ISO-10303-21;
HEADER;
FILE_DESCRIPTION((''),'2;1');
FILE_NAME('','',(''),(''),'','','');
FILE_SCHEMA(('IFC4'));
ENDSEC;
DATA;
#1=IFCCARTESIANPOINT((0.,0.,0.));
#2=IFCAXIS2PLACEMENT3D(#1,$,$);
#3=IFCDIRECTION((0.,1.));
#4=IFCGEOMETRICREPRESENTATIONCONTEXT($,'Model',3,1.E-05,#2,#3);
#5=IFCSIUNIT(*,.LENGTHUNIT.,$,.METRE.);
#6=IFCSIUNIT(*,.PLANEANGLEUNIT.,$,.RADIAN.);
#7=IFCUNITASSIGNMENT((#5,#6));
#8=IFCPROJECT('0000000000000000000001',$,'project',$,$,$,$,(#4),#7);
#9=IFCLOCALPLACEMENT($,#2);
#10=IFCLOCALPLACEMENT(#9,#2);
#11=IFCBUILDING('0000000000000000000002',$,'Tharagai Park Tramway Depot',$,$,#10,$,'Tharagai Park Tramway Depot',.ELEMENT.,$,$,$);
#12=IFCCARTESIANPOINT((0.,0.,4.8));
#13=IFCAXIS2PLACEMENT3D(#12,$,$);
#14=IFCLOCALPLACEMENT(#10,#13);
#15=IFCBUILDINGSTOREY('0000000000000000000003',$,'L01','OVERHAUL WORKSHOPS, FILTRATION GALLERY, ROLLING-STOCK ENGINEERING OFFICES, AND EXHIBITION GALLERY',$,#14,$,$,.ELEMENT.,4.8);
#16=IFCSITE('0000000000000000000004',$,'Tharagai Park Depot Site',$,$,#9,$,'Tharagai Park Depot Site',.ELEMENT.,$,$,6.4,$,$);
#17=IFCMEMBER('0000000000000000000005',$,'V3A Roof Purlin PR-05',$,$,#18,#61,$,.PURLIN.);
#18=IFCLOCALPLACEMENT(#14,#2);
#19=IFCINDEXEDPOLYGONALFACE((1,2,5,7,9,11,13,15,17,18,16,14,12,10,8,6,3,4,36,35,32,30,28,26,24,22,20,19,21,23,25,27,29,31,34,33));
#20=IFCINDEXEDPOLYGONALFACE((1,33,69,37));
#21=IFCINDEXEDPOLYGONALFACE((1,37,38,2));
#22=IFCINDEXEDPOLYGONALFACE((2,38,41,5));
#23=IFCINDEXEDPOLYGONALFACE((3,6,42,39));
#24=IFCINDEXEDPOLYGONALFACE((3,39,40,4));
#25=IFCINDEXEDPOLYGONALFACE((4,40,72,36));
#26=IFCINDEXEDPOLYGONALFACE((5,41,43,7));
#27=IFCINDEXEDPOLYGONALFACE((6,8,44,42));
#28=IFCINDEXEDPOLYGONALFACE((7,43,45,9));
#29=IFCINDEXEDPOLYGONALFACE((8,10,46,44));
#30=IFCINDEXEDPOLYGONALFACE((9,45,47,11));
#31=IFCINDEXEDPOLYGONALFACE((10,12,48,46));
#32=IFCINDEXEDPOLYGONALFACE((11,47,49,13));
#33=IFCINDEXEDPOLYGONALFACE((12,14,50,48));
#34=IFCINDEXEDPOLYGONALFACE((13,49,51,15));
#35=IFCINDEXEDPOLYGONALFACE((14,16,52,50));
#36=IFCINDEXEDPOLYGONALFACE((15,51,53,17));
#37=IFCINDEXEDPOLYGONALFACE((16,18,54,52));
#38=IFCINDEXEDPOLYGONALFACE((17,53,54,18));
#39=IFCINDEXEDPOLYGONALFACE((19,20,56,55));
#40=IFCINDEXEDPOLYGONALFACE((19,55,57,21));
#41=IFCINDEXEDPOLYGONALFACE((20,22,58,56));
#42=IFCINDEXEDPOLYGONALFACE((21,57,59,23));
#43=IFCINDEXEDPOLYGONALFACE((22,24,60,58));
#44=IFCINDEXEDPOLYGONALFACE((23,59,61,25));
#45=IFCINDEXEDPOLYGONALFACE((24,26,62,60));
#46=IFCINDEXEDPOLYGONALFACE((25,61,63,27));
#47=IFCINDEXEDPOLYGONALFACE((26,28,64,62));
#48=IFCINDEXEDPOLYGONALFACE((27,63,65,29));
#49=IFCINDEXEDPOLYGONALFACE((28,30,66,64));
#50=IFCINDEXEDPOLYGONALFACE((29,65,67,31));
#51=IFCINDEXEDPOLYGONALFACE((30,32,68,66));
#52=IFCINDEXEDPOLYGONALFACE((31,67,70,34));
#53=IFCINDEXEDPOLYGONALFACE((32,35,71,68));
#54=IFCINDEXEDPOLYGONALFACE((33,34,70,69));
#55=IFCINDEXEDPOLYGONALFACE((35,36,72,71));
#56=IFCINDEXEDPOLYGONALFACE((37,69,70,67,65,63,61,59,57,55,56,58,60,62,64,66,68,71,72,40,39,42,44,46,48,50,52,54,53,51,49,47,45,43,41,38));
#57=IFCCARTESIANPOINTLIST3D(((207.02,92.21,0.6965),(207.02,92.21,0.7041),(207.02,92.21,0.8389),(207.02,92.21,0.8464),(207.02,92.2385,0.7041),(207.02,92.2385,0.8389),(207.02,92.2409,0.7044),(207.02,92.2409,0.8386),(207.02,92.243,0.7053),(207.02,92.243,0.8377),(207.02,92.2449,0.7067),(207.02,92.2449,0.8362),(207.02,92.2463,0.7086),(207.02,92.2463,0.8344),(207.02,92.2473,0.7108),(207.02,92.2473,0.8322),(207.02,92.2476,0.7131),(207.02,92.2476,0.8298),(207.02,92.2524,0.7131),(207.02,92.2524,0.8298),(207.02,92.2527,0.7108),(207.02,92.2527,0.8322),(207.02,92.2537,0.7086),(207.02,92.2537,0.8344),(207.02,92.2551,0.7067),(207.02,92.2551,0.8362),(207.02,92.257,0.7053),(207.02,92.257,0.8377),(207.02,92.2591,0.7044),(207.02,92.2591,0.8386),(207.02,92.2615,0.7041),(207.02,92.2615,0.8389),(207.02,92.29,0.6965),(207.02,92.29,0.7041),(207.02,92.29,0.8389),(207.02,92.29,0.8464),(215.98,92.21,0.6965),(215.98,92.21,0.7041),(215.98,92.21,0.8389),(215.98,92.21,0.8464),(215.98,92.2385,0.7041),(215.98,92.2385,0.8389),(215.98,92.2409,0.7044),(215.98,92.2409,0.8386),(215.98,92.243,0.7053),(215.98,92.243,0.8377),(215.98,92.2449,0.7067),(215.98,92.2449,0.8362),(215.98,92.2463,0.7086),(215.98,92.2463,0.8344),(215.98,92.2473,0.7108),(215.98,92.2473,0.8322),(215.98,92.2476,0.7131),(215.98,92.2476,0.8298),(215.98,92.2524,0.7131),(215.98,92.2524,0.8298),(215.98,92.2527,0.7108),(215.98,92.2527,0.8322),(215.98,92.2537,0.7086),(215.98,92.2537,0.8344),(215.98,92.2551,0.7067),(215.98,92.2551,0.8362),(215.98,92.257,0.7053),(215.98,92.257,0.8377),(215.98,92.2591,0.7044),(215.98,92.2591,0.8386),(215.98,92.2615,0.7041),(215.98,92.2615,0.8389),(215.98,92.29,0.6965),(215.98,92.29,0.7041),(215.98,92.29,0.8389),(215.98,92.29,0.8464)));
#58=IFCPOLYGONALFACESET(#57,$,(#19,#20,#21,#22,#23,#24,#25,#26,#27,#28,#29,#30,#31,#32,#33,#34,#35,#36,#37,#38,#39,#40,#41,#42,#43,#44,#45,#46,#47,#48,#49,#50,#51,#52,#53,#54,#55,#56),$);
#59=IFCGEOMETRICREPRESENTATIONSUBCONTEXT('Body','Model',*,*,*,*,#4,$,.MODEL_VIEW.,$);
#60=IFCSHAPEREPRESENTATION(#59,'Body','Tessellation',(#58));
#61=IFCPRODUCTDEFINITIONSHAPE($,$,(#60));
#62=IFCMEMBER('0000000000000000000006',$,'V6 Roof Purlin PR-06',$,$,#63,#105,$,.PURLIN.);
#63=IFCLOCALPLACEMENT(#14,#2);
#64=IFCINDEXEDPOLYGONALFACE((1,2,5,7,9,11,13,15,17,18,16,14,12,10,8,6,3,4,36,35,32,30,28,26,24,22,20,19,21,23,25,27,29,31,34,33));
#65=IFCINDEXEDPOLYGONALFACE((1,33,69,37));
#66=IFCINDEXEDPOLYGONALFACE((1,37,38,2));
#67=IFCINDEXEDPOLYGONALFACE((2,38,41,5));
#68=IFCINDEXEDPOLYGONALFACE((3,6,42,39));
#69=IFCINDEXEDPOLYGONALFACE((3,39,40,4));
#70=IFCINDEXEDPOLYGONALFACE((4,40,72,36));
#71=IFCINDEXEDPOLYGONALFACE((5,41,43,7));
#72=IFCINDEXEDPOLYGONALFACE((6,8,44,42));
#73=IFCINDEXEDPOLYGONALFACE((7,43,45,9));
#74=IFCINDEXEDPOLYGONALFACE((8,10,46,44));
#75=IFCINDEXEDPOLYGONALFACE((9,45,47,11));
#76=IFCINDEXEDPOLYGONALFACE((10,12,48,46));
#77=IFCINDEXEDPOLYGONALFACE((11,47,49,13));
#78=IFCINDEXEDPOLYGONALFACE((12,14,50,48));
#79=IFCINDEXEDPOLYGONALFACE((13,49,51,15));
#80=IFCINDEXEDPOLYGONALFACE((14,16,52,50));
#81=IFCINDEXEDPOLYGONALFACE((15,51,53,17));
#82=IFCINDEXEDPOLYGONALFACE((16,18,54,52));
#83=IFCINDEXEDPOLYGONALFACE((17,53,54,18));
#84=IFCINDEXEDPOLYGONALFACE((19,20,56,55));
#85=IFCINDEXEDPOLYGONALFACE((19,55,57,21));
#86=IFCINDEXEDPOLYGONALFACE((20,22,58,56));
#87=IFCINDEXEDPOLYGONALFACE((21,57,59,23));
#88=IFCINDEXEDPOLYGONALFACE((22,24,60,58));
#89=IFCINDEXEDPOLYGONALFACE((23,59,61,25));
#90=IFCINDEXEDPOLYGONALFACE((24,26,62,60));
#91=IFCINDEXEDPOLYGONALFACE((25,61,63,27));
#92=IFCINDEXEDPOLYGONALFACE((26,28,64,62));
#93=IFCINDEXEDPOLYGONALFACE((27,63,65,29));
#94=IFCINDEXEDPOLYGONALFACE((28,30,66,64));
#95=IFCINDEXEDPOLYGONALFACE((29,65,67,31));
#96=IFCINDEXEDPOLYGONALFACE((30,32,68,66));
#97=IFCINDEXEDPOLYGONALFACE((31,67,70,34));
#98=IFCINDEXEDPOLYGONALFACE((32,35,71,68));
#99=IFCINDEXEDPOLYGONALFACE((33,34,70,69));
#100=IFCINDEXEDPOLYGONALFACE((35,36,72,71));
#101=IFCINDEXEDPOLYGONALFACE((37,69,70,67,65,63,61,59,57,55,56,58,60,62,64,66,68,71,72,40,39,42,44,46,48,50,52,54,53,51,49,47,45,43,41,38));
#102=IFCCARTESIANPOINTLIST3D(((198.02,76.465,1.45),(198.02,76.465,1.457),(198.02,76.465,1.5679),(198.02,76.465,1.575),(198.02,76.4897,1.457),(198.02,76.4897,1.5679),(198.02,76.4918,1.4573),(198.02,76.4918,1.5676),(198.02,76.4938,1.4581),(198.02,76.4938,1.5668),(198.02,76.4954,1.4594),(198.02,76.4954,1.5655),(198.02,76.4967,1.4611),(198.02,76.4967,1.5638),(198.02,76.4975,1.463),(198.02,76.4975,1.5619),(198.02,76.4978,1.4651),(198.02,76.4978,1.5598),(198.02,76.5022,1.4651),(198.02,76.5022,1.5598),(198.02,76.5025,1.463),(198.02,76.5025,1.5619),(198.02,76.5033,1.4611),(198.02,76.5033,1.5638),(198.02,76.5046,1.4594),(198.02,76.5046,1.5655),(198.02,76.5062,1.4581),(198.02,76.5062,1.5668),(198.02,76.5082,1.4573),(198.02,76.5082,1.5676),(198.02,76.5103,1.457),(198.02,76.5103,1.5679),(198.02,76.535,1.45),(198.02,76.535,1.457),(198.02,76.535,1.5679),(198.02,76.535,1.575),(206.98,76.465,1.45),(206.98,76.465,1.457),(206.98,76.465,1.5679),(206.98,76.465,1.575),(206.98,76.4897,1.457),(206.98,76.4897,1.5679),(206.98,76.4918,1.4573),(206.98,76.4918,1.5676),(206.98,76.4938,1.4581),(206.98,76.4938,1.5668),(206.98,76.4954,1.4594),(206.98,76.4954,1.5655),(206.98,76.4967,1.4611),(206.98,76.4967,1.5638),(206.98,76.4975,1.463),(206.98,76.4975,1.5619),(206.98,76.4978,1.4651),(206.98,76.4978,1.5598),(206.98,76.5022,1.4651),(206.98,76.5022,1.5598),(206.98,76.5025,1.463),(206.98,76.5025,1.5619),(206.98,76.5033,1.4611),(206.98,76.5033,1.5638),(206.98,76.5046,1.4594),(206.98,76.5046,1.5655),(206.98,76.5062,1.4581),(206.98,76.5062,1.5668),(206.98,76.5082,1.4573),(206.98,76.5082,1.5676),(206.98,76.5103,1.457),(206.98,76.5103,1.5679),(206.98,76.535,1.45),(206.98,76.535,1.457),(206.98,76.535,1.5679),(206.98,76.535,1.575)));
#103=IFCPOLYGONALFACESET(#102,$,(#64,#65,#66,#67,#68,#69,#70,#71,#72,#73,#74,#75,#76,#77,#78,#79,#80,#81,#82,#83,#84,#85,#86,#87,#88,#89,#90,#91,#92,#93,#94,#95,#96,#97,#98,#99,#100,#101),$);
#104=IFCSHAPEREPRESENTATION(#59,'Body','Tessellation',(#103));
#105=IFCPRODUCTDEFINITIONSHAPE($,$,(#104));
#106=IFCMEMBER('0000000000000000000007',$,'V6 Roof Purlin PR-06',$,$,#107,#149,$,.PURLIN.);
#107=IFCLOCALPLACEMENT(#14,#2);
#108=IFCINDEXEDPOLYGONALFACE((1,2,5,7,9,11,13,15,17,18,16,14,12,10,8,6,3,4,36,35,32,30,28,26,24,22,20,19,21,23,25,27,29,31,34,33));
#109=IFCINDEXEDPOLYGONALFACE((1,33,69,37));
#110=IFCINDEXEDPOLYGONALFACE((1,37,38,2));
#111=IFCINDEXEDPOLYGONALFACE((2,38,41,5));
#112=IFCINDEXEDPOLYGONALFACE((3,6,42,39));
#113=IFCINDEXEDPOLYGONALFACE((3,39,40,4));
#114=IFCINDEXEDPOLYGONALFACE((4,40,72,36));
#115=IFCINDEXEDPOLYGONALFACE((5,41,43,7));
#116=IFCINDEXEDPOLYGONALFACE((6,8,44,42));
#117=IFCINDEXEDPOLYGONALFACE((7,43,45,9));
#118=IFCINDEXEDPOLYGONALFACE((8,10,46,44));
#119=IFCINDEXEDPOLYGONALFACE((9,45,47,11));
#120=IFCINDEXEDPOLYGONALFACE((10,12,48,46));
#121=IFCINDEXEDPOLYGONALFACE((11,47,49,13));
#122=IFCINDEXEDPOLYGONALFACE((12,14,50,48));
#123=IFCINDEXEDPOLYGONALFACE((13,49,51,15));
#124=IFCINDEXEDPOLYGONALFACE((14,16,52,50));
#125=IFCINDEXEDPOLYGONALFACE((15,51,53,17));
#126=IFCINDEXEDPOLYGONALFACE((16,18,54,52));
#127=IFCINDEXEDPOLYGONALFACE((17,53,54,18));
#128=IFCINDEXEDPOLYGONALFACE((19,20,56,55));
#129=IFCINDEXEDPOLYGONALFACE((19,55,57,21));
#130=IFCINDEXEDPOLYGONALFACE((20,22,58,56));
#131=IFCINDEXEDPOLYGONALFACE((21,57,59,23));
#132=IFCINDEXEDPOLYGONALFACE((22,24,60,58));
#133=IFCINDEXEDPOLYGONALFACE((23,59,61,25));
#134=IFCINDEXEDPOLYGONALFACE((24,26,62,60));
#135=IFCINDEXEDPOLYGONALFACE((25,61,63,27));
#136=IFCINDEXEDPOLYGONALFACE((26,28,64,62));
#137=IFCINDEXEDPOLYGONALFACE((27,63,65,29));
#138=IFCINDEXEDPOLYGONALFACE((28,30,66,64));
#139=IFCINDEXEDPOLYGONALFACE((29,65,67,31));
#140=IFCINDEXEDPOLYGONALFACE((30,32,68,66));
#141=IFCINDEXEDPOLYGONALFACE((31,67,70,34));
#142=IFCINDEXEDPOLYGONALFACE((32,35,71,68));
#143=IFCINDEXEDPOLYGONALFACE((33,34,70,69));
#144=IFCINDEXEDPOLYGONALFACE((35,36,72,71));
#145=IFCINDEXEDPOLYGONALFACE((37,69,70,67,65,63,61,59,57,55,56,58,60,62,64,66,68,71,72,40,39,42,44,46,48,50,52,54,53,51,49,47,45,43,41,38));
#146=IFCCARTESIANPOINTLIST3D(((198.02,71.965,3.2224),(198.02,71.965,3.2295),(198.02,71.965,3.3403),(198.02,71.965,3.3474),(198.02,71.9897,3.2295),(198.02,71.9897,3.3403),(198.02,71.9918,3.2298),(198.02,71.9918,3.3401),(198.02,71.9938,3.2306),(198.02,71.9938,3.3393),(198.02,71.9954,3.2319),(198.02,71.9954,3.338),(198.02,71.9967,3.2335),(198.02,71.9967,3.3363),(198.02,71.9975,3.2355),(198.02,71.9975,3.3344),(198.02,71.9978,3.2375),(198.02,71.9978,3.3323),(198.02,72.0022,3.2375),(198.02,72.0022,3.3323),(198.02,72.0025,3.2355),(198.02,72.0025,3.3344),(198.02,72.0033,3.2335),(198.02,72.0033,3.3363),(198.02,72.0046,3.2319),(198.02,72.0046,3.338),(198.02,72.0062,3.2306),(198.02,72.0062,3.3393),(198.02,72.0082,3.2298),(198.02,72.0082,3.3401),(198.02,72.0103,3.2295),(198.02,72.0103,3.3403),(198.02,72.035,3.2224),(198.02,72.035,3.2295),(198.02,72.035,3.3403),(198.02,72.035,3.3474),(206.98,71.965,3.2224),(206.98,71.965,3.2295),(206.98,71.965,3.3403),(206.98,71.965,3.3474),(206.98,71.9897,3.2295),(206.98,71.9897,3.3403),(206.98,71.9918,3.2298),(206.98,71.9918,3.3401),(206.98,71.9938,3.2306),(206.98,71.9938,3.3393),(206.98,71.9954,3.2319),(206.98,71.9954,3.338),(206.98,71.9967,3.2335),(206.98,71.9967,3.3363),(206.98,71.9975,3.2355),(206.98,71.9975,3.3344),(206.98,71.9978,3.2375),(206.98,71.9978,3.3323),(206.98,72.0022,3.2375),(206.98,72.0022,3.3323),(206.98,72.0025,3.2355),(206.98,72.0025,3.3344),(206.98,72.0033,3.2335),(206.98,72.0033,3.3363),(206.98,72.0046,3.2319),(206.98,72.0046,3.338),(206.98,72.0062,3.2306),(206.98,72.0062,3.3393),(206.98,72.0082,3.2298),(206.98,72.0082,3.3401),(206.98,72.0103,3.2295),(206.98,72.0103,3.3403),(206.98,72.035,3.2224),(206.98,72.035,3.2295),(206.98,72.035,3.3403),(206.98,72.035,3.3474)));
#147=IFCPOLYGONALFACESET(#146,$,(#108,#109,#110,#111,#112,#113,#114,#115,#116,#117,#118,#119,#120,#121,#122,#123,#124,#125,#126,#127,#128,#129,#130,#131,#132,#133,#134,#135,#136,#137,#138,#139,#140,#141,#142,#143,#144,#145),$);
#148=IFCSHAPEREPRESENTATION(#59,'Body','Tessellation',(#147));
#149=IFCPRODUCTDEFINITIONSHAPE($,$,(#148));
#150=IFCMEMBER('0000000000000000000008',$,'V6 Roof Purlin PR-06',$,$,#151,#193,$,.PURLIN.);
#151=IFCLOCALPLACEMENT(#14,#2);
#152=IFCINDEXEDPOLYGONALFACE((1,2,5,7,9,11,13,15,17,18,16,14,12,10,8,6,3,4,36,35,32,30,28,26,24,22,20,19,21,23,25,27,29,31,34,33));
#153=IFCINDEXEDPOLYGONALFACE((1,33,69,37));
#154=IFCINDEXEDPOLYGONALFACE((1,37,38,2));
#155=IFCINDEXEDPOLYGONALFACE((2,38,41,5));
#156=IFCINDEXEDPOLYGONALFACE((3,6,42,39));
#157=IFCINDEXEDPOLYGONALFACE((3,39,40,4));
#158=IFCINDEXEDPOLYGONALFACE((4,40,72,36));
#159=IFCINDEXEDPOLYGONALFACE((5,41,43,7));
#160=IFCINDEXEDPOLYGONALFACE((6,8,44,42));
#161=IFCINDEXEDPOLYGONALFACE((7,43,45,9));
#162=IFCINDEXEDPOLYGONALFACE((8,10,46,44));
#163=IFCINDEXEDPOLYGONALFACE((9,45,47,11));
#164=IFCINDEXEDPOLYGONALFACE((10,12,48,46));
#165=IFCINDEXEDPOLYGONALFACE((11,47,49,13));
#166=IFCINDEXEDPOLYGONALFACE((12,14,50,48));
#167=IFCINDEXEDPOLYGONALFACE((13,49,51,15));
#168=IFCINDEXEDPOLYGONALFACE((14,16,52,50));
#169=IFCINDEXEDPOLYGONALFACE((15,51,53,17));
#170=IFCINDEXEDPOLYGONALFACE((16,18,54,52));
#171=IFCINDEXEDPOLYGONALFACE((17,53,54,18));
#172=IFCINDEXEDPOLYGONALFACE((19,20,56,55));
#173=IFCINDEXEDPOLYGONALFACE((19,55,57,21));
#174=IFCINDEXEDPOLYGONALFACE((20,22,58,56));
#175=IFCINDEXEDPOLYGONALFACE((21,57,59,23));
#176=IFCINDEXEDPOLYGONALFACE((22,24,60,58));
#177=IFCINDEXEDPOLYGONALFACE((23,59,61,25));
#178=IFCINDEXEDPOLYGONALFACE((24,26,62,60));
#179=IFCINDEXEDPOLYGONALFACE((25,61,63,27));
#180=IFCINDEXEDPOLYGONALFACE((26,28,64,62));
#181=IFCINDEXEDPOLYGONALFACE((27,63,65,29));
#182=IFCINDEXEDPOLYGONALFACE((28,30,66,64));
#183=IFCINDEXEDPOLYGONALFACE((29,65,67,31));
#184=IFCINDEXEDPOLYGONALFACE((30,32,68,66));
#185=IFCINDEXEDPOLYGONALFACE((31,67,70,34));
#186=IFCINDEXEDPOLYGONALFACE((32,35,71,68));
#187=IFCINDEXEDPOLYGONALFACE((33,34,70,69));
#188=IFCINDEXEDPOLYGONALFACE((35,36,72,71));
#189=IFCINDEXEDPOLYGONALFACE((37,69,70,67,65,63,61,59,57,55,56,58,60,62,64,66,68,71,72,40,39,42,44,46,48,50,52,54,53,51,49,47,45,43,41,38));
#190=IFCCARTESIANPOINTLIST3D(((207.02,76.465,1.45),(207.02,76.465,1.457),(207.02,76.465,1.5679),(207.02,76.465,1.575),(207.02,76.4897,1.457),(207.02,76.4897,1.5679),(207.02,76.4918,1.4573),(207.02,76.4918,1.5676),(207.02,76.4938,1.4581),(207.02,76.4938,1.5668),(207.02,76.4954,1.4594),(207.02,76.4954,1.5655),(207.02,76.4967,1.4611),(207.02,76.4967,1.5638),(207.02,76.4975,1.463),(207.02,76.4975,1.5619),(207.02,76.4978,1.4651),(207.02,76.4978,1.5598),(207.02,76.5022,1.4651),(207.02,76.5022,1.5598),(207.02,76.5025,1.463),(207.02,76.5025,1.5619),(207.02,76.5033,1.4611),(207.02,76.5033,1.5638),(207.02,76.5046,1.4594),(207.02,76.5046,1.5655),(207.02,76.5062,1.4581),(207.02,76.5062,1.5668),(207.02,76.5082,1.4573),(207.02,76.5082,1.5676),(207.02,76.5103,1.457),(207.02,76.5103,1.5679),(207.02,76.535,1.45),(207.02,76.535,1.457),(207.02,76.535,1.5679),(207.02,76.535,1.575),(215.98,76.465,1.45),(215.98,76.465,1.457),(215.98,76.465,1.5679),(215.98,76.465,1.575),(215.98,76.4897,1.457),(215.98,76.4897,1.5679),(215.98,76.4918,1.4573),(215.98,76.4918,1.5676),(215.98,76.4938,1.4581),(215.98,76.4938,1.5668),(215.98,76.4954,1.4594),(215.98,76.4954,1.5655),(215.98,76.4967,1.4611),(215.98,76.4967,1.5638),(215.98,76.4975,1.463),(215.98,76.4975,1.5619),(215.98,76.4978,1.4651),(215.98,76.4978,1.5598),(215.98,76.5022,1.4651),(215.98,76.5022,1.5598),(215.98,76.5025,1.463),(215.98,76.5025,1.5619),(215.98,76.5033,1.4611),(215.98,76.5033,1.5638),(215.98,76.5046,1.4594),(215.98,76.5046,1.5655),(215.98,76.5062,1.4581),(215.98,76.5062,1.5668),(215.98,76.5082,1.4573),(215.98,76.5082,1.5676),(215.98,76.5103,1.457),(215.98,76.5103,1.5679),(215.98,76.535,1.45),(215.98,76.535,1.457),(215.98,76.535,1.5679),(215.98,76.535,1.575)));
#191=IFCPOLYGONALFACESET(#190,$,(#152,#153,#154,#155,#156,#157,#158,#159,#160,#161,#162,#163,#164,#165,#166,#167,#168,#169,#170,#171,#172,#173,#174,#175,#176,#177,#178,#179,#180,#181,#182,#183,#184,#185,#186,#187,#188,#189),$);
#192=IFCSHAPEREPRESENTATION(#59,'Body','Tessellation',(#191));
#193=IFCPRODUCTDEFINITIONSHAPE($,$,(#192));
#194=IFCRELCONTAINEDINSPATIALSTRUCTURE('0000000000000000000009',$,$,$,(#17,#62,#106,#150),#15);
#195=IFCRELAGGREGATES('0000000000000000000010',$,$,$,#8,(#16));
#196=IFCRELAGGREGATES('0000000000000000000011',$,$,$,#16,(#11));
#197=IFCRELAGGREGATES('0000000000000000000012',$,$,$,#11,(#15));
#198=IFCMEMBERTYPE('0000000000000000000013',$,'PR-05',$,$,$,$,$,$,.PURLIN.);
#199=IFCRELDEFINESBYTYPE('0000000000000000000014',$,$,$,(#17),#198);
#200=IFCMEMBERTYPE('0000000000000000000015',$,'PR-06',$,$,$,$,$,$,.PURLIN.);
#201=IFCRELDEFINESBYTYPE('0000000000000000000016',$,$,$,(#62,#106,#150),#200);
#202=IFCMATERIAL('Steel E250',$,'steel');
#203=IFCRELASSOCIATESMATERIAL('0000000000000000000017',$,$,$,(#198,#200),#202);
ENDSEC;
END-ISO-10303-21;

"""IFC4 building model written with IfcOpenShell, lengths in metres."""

from ifc_helpers import new_model, si_unit, direction, frame, origin, origin_2d, place, context, subcontext, project, spatial, i_section, extrude, material, material_profile, profile_set, type_object, element, save


model = new_model("IFC4")

# Units and contexts
model_context = context("Model", 3, precision=1e-05, world=origin(), true_north=direction((0.0, 1.0)))
body_context = subcontext(model_context, "Body", "Model", "MODEL_VIEW")
ifc_project = project(units=[si_unit("LENGTHUNIT", "METRE"), si_unit("PLANEANGLEUNIT", "RADIAN")], contexts=[model_context])

# Site, building, storey
site_placement = place(None, origin())
site = spatial("IfcSite", under=ifc_project, at=site_placement, Name="Tharagai Park Depot Site", LongName="Tharagai Park Depot Site", CompositionType="ELEMENT", RefElevation=6.4)
building_placement = place(site_placement, origin())
building = spatial("IfcBuilding", under=site, at=building_placement, Name="Tharagai Park Tramway Depot", LongName="Tharagai Park Tramway Depot", CompositionType="ELEMENT")
storey_placement = place(building_placement, frame((0.0, 0.0, 4.8)))
storey = spatial("IfcBuildingStorey", under=building, at=storey_placement, Name="L01", Description="OVERHAUL WORKSHOPS, FILTRATION GALLERY, ROLLING-STOCK ENGINEERING OFFICES, AND EXHIBITION GALLERY", CompositionType="ELEMENT", Elevation=4.8)

# Members
ifc_material_1 = material(Name="Steel E250", Category="steel")
ifc_material_profile_1 = material_profile(ifc_material_1, i_section(OverallWidth=0.0801, OverallDepth=0.1499, WebThickness=0.0049, FlangeThickness=0.0076, FilletRadius=0.009, at=origin_2d()), Name="ISMB 150")
ifc_profile_set_1 = profile_set([ifc_material_profile_1], Name="Steel E250")
member_type_1 = type_object("IfcMemberType", Name="PR-05", PredefinedType="PURLIN", material=ifc_profile_set_1)
for number, where, z_axis, x_axis, name in (
    (1, (207.02, 92.25, 0.7715), (1.0, 0.0, 0.0), (0.0, 1.0, 0.0), "V3A Roof Purlin PR-05"),
):
    element("IfcMember", number, at=place(storey_placement, frame(where, z_axis=z_axis, x_axis=x_axis)), inside=storey, type_object=member_type_1, Name=name, PredefinedType="PURLIN", context=body_context, shape_type="SweptSolid", body=[
        extrude(i_section(OverallWidth=0.0801, OverallDepth=0.1499, WebThickness=0.0049, FlangeThickness=0.0076, FilletRadius=0.009, at=origin_2d()), origin(), (0.0, 0.0, 1.0), 8.96),
    ])
ifc_material_profile_2 = material_profile(ifc_material_1, i_section(OverallWidth=0.0701, OverallDepth=0.125, WebThickness=0.0044, FlangeThickness=0.0071, FilletRadius=0.0081, at=origin_2d()), Name="ISMB 125")
ifc_profile_set_2 = profile_set([ifc_material_profile_2], Name="Steel E250")
member_type_2 = type_object("IfcMemberType", Name="PR-06", PredefinedType="PURLIN", material=ifc_profile_set_2)
for number, where, z_axis, x_axis, name in (
    (2, (198.02, 76.5, 1.5125), (1.0, 0.0, 0.0), (0.0, 1.0, 0.0), "V6 Roof Purlin PR-06"),
    (3, (198.02, 72.0, 3.2849), (1.0, 0.0, 0.0), (0.0, 1.0, 0.0), "V6 Roof Purlin PR-06"),
    (4, (207.02, 76.5, 1.5125), (1.0, 0.0, 0.0), (0.0, 1.0, 0.0), "V6 Roof Purlin PR-06"),
):
    element("IfcMember", number, at=place(storey_placement, frame(where, z_axis=z_axis, x_axis=x_axis)), inside=storey, type_object=member_type_2, Name=name, PredefinedType="PURLIN", context=body_context, shape_type="SweptSolid", body=[
        extrude(i_section(OverallWidth=0.0701, OverallDepth=0.125, WebThickness=0.0044, FlangeThickness=0.0071, FilletRadius=0.0081, at=origin_2d()), origin(), (0.0, 0.0, 1.0), 8.96),
    ])

save(model, "model.ifc")
